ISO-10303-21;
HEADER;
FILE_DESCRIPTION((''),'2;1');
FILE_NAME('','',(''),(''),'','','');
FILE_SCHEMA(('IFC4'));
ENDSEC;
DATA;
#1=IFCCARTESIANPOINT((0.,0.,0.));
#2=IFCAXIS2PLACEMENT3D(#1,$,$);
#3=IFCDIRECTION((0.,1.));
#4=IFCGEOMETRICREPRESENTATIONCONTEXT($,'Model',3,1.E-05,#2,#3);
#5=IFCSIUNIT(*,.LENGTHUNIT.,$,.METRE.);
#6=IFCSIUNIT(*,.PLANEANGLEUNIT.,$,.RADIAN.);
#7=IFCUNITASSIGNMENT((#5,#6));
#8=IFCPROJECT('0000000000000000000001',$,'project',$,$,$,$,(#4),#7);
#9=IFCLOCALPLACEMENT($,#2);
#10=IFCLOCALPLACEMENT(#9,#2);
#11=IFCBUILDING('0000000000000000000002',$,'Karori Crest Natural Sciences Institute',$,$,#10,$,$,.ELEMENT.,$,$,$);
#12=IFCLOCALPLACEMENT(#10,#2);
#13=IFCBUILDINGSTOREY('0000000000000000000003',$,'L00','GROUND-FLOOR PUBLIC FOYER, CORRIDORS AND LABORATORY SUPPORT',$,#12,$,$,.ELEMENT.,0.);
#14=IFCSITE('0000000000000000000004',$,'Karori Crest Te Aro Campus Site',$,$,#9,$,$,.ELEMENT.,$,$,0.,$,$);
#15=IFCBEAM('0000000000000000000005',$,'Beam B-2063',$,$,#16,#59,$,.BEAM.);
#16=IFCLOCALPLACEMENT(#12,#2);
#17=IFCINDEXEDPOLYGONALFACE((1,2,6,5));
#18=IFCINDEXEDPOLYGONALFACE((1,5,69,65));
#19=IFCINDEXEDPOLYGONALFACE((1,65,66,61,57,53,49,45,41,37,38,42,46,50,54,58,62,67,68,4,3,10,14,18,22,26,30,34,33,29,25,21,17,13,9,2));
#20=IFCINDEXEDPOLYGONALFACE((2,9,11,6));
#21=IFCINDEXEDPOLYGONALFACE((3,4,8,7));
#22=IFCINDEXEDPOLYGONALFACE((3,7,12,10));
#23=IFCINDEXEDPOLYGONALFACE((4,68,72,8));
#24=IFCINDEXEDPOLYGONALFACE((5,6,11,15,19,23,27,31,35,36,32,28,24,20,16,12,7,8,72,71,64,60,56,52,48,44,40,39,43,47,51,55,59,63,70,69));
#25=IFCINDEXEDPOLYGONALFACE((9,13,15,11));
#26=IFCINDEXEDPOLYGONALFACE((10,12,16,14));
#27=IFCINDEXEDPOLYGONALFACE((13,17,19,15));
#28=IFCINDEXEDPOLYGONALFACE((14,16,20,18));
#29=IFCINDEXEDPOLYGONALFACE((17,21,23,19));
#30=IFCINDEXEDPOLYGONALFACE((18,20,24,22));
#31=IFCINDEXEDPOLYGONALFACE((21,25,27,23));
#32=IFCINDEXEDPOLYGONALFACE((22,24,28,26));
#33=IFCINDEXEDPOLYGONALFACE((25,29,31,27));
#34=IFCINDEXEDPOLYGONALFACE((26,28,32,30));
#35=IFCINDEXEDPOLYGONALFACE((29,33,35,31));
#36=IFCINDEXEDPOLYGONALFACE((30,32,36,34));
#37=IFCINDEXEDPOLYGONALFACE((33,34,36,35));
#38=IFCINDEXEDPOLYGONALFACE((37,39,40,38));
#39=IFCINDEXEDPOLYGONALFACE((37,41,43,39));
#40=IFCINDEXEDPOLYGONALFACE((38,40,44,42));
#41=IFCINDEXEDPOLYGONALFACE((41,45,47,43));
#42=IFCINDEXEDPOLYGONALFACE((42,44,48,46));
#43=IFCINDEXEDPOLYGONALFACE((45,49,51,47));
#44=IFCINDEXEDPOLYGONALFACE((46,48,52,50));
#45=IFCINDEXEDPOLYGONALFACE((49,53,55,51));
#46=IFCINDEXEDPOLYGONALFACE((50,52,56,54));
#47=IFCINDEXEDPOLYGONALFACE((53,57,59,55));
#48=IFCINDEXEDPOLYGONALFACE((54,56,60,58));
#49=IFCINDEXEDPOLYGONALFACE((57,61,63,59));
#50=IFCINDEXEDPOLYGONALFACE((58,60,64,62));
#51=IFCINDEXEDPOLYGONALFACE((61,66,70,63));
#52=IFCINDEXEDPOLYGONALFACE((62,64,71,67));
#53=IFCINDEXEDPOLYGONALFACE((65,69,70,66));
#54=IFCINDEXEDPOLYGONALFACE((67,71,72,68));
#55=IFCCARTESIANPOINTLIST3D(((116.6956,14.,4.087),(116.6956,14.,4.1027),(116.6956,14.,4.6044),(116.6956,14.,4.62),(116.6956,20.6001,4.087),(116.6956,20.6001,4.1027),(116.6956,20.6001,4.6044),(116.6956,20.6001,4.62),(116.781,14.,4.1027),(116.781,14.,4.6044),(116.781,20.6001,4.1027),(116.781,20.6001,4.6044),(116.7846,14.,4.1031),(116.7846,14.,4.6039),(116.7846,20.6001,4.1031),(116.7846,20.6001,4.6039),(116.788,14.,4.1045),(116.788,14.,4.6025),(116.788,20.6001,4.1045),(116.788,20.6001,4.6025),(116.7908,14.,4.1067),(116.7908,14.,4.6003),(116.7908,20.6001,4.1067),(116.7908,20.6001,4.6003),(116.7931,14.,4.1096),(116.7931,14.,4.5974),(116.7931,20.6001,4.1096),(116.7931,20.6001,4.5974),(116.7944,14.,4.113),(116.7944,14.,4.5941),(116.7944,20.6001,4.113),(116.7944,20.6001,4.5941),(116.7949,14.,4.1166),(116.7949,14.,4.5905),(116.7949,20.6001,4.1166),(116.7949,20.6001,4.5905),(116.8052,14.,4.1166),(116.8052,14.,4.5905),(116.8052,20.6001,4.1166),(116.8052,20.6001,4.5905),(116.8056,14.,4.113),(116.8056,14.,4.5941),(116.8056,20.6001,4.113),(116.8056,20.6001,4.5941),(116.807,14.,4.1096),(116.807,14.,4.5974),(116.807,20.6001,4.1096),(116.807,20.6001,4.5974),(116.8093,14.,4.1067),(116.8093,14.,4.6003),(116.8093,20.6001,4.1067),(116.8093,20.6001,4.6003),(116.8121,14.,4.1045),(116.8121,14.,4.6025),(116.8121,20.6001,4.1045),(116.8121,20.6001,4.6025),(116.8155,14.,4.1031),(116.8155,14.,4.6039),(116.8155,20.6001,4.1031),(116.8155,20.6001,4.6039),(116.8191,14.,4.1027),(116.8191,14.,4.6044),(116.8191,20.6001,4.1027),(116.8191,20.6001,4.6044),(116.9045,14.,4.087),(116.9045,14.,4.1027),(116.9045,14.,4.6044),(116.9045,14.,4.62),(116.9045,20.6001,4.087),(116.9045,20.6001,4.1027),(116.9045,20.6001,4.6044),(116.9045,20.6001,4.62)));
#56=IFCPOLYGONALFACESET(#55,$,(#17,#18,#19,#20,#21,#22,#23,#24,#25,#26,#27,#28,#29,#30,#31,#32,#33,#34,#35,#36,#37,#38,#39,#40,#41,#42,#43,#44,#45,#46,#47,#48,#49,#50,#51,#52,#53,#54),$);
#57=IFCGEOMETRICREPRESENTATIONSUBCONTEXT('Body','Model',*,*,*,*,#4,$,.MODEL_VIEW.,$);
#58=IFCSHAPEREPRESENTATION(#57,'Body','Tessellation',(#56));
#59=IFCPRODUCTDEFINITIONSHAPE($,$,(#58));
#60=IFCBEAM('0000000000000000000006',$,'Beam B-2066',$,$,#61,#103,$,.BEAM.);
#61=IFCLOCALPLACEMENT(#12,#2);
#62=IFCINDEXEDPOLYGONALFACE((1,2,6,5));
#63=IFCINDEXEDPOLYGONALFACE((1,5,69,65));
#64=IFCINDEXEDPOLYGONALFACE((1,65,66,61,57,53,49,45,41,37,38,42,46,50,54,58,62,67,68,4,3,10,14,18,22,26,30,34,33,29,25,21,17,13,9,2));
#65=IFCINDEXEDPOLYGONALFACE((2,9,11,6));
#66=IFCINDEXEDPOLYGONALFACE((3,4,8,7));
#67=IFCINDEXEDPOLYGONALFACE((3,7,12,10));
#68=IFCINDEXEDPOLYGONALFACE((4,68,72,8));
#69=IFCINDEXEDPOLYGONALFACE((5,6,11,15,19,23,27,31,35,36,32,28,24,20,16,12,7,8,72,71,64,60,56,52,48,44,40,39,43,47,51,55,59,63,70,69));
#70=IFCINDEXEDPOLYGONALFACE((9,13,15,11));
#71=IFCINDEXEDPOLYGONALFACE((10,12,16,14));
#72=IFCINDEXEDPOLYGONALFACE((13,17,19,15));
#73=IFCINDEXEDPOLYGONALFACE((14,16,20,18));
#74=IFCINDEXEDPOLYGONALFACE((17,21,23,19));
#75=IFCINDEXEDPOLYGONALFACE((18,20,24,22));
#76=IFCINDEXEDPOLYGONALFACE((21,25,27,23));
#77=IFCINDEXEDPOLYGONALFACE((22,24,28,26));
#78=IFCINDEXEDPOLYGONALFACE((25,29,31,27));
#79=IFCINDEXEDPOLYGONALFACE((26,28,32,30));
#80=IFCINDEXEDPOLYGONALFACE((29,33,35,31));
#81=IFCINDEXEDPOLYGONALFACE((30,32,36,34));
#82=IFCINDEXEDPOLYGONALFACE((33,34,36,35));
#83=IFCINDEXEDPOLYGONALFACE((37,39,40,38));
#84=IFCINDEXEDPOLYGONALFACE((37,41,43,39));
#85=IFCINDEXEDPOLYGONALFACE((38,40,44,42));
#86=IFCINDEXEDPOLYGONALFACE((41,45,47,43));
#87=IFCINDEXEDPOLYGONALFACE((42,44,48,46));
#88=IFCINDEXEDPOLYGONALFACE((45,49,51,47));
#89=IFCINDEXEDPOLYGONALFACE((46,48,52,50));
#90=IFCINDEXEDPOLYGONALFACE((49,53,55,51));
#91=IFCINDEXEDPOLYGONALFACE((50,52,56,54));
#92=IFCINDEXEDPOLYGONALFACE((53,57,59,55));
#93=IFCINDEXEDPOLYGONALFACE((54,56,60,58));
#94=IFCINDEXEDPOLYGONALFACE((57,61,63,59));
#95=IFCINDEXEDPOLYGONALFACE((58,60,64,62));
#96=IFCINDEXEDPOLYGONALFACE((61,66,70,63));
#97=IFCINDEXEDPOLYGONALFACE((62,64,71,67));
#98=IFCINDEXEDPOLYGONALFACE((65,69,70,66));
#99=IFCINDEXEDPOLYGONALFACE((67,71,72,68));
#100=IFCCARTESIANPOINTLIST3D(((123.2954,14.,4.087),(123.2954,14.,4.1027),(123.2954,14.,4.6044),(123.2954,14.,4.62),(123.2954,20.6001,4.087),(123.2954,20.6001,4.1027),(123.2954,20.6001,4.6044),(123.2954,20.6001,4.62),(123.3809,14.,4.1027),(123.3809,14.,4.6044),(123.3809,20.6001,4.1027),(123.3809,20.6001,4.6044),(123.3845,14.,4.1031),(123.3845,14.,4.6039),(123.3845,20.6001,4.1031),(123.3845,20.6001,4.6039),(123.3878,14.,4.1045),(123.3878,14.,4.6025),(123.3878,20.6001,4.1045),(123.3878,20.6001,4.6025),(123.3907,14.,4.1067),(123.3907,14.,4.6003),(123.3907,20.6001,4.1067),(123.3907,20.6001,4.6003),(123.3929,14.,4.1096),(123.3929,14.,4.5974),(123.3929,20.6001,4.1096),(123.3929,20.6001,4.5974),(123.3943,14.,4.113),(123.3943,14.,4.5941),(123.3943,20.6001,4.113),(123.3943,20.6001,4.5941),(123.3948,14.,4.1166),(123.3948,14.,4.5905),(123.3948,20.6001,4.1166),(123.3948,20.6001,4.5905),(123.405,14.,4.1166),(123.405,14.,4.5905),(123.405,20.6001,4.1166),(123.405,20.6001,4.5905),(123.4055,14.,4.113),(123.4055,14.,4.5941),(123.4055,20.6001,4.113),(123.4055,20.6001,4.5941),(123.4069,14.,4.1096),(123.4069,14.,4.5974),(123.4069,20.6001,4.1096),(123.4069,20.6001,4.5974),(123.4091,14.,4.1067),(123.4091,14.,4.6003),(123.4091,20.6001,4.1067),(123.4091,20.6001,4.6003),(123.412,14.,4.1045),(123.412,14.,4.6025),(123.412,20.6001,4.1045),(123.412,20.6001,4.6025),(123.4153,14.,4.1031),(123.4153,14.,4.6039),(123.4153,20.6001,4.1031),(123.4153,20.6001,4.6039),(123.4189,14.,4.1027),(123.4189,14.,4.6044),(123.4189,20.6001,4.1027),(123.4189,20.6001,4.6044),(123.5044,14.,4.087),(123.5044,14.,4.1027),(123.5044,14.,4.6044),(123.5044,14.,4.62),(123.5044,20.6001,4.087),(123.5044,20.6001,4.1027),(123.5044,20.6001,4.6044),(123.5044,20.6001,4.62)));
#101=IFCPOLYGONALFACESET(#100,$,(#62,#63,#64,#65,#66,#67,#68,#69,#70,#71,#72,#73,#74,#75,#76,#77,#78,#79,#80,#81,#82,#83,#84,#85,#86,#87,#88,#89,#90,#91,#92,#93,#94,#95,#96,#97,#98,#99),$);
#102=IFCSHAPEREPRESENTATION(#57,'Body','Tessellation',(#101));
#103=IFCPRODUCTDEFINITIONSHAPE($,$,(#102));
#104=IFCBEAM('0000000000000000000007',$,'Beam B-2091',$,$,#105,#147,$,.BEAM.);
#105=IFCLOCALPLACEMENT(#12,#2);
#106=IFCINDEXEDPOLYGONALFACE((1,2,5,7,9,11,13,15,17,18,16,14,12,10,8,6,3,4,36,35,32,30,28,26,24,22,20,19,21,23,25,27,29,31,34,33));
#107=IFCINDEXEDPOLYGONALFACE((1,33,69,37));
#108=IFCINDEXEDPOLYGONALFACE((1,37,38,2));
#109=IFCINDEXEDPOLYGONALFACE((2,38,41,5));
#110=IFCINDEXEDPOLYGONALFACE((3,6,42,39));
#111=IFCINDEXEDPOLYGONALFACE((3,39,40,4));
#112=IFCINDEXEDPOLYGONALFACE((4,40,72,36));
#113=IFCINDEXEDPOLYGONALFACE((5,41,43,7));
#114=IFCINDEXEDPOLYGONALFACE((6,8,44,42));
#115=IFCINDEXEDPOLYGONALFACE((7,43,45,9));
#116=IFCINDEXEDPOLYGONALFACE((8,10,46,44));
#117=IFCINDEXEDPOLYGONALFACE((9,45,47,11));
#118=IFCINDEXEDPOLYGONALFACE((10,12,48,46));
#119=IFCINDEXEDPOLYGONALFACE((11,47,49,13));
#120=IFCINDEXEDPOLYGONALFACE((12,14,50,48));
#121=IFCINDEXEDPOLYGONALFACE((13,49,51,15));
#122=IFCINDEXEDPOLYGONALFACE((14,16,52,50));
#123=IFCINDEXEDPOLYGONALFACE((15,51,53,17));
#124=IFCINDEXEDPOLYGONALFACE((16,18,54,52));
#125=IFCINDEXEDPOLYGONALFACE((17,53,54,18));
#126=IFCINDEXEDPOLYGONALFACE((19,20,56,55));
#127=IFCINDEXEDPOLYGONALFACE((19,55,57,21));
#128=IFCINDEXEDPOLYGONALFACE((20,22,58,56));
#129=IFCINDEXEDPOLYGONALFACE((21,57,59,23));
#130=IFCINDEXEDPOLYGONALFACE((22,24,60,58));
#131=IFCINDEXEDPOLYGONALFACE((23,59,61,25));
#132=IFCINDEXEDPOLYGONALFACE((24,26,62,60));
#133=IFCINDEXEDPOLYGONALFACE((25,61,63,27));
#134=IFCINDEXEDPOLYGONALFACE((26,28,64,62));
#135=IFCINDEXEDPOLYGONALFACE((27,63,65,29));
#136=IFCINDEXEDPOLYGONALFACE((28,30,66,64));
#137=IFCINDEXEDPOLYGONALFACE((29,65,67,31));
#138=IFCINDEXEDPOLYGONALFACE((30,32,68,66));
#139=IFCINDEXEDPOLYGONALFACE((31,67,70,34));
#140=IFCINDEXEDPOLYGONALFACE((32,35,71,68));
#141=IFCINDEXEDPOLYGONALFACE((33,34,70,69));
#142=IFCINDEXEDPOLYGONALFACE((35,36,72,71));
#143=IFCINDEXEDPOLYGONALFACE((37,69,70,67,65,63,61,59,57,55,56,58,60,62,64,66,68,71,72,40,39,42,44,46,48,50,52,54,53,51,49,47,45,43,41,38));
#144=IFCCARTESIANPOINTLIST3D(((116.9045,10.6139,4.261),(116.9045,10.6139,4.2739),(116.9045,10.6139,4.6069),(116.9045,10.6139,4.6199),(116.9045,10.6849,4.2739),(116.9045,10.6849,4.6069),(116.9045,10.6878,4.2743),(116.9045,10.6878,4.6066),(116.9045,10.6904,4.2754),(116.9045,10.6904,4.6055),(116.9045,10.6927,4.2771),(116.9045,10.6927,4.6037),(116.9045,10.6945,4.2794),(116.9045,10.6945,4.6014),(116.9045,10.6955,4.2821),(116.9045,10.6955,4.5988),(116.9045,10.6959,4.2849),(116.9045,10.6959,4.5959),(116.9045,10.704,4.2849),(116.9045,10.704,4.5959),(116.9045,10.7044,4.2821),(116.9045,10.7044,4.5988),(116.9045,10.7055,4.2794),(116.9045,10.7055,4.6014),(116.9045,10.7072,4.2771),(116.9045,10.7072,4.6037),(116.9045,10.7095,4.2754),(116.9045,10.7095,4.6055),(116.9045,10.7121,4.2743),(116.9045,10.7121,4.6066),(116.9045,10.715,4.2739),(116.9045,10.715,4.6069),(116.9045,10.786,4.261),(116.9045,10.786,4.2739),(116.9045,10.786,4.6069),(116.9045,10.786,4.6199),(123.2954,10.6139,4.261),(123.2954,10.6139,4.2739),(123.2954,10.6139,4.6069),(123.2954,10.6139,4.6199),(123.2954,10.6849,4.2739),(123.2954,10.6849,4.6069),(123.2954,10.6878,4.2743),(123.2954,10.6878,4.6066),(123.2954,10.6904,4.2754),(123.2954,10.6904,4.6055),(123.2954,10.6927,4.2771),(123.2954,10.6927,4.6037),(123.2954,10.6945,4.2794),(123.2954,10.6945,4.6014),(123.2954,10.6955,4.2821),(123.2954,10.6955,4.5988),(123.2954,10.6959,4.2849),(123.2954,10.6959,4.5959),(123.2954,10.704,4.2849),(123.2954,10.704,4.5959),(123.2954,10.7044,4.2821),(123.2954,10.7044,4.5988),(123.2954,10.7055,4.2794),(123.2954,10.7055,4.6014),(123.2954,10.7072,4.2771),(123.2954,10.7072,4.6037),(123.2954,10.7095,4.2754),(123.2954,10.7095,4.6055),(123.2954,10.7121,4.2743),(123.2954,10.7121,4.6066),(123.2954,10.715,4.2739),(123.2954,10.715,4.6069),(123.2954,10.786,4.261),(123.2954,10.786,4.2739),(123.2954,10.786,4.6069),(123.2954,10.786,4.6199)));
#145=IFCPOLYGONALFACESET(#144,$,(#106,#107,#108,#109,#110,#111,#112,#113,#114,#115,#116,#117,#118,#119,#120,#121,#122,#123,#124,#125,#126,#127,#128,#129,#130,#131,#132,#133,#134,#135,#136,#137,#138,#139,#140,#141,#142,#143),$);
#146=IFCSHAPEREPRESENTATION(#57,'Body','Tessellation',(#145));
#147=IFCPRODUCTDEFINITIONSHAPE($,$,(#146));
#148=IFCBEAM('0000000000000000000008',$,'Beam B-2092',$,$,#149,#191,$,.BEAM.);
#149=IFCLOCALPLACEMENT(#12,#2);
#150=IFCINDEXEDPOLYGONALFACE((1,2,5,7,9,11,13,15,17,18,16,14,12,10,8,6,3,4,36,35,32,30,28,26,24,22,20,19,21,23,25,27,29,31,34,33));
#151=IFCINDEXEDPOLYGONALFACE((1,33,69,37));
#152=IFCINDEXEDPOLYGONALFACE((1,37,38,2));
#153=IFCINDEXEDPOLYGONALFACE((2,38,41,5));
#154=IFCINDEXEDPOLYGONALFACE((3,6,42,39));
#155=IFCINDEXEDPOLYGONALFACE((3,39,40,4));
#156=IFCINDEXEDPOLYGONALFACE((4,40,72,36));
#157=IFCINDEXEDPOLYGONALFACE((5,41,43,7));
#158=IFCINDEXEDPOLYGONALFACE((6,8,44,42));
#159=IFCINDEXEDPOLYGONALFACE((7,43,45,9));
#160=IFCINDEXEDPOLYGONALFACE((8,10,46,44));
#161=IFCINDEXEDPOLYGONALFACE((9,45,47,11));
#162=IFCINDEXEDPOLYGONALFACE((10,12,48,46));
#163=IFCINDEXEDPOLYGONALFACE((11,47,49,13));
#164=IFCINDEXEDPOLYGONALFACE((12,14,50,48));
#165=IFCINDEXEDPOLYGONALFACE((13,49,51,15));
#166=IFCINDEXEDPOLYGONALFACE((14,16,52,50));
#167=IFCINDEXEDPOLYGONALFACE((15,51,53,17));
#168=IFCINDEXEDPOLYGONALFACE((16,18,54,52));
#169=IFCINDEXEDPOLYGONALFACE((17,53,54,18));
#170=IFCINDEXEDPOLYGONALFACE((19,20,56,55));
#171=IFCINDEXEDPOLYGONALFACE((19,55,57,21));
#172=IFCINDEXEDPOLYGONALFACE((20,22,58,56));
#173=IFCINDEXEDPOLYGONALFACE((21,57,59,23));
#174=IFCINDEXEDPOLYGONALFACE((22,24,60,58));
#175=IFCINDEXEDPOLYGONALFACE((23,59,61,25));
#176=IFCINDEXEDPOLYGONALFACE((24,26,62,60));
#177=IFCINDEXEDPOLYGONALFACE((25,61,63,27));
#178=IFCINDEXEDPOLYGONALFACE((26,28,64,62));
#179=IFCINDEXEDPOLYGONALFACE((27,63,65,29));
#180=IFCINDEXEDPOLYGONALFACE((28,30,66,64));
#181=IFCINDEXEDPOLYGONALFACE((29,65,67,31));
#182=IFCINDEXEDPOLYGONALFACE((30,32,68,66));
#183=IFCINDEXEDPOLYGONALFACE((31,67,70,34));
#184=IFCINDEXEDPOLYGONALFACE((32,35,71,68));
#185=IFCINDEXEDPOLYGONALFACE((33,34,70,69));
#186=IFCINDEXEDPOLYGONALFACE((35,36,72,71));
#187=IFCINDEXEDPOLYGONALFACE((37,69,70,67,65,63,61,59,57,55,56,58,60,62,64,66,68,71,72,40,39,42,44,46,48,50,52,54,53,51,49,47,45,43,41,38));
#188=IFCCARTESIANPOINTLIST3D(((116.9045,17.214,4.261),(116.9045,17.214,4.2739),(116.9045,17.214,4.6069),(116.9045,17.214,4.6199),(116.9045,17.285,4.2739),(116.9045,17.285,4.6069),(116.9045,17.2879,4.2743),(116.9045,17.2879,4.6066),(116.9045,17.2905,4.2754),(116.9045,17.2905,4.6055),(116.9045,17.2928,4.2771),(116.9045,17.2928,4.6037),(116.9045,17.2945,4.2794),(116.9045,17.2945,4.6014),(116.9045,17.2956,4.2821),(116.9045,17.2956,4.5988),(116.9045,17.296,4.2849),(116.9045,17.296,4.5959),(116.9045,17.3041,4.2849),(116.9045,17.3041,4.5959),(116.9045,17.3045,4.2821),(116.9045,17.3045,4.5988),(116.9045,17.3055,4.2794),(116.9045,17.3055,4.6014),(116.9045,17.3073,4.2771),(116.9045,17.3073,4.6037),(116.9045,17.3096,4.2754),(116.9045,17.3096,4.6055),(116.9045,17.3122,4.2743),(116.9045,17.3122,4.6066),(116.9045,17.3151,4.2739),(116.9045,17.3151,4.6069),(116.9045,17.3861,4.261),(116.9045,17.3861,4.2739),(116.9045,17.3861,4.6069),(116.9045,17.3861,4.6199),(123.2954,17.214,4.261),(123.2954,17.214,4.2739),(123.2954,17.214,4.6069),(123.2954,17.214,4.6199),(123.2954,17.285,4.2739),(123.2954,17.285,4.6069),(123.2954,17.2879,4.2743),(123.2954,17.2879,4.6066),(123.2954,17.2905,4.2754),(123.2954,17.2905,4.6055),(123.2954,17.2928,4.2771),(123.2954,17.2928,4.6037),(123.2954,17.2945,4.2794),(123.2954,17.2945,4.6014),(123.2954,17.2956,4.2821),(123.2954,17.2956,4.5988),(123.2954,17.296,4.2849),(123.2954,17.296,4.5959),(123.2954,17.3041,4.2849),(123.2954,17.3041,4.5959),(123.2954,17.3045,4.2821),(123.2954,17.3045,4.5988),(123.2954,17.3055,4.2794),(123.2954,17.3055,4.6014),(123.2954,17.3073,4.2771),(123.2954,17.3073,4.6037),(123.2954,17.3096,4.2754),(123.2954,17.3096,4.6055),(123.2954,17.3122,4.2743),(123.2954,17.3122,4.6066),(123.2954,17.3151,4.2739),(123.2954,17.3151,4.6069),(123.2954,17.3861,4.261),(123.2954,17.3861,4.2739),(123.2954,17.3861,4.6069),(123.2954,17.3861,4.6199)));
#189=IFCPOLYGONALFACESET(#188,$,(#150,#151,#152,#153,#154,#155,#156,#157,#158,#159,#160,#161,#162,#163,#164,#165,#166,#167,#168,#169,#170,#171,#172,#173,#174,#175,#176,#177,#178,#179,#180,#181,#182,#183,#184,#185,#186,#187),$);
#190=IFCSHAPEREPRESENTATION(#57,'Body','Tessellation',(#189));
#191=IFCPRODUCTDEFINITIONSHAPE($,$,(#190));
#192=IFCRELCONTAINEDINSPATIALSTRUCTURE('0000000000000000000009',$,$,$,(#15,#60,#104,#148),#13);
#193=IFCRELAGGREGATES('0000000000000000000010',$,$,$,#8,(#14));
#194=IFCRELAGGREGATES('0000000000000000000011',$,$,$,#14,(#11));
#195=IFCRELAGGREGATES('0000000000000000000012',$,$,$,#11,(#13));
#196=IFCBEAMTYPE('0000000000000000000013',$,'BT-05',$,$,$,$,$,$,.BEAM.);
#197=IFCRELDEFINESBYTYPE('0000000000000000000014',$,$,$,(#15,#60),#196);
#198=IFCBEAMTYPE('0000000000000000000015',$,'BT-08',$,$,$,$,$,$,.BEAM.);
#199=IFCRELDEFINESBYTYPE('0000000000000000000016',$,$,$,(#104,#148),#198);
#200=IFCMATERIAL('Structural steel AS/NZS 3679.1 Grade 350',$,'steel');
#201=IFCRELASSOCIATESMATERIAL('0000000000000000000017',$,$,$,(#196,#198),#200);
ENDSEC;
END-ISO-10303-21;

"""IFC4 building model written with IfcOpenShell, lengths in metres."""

from ifc_helpers import new_model, si_unit, direction, frame, origin, origin_2d, place, context, subcontext, project, spatial, i_section, extrude, material, material_profile, profile_set, type_object, element, save


model = new_model("IFC4")

# Units and contexts
model_context = context("Model", 3, precision=1e-05, world=origin(), true_north=direction((0.0, 1.0)))
body_context = subcontext(model_context, "Body", "Model", "MODEL_VIEW")
ifc_project = project(units=[si_unit("LENGTHUNIT", "METRE"), si_unit("PLANEANGLEUNIT", "RADIAN")], contexts=[model_context])

# Site, building, storey
site_placement = place(None, origin())
site = spatial("IfcSite", under=ifc_project, at=site_placement, Name="Karori Crest Te Aro Campus Site", CompositionType="ELEMENT", RefElevation=0.0)
building_placement = place(site_placement, origin())
building = spatial("IfcBuilding", under=site, at=building_placement, Name="Karori Crest Natural Sciences Institute", CompositionType="ELEMENT")
storey_placement = place(building_placement, origin())
storey = spatial("IfcBuildingStorey", under=building, at=storey_placement, Name="L00", Description="GROUND-FLOOR PUBLIC FOYER, CORRIDORS AND LABORATORY SUPPORT", CompositionType="ELEMENT", Elevation=0.0)

# Shared definitions
ifc_material_1 = material(Name="Structural steel AS/NZS 3679.1 Grade 350", Category="steel")

# Beams
ifc_material_profile_1 = material_profile(ifc_material_1, i_section(OverallWidth=0.209, OverallDepth=0.533, WebThickness=0.0103, FlangeThickness=0.0156, FilletRadius=0.0139, at=origin_2d()), Name="530UB92.4")
ifc_profile_set_1 = profile_set([ifc_material_profile_1], Name="Structural steel AS/NZS 3679.1 Grade 350")
beam_type_1 = type_object("IfcBeamType", Name="BT-05", PredefinedType="BEAM", material=ifc_profile_set_1)
for number, where, z_axis, x_axis, name in (
    (1, (116.8, 14.0, 4.3535), (0.0, 1.0, 0.0), (-1.0, 0.0, 0.0), "Beam B-2063"),
    (2, (123.3999, 14.0, 4.3535), (0.0, 1.0, 0.0), (-1.0, 0.0, 0.0), "Beam B-2066"),
):
    element("IfcBeam", number, at=place(storey_placement, frame(where, z_axis=z_axis, x_axis=x_axis)), inside=storey, type_object=beam_type_1, Name=name, PredefinedType="BEAM", context=body_context, shape_type="SweptSolid", body=[
        extrude(i_section(OverallWidth=0.209, OverallDepth=0.533, WebThickness=0.0103, FlangeThickness=0.0156, FilletRadius=0.0139, at=origin_2d()), origin(), (0.0, 0.0, 1.0), 6.6001),
    ])
ifc_material_profile_2 = material_profile(ifc_material_1, i_section(OverallWidth=0.1721, OverallDepth=0.3589, WebThickness=0.0081, FlangeThickness=0.0129, FilletRadius=0.011, at=origin_2d()), Name="360UB56.7")
ifc_profile_set_2 = profile_set([ifc_material_profile_2], Name="Structural steel AS/NZS 3679.1 Grade 350")
beam_type_2 = type_object("IfcBeamType", Name="BT-08", PredefinedType="BEAM", material=ifc_profile_set_2)
for number, where, z_axis, x_axis, name in (
    (3, (116.9045, 10.7, 4.4404), (1.0, 0.0, 0.0), (0.0, 1.0, 0.0), "Beam B-2091"),
    (4, (116.9045, 17.3, 4.4404), (1.0, 0.0, 0.0), (0.0, 1.0, 0.0), "Beam B-2092"),
):
    element("IfcBeam", number, at=place(storey_placement, frame(where, z_axis=z_axis, x_axis=x_axis)), inside=storey, type_object=beam_type_2, Name=name, PredefinedType="BEAM", context=body_context, shape_type="SweptSolid", body=[
        extrude(i_section(OverallWidth=0.1721, OverallDepth=0.3589, WebThickness=0.0081, FlangeThickness=0.0129, FilletRadius=0.011, at=origin_2d()), origin(), (0.0, 0.0, 1.0), 6.3909),
    ])

save(model, "model.ifc")
